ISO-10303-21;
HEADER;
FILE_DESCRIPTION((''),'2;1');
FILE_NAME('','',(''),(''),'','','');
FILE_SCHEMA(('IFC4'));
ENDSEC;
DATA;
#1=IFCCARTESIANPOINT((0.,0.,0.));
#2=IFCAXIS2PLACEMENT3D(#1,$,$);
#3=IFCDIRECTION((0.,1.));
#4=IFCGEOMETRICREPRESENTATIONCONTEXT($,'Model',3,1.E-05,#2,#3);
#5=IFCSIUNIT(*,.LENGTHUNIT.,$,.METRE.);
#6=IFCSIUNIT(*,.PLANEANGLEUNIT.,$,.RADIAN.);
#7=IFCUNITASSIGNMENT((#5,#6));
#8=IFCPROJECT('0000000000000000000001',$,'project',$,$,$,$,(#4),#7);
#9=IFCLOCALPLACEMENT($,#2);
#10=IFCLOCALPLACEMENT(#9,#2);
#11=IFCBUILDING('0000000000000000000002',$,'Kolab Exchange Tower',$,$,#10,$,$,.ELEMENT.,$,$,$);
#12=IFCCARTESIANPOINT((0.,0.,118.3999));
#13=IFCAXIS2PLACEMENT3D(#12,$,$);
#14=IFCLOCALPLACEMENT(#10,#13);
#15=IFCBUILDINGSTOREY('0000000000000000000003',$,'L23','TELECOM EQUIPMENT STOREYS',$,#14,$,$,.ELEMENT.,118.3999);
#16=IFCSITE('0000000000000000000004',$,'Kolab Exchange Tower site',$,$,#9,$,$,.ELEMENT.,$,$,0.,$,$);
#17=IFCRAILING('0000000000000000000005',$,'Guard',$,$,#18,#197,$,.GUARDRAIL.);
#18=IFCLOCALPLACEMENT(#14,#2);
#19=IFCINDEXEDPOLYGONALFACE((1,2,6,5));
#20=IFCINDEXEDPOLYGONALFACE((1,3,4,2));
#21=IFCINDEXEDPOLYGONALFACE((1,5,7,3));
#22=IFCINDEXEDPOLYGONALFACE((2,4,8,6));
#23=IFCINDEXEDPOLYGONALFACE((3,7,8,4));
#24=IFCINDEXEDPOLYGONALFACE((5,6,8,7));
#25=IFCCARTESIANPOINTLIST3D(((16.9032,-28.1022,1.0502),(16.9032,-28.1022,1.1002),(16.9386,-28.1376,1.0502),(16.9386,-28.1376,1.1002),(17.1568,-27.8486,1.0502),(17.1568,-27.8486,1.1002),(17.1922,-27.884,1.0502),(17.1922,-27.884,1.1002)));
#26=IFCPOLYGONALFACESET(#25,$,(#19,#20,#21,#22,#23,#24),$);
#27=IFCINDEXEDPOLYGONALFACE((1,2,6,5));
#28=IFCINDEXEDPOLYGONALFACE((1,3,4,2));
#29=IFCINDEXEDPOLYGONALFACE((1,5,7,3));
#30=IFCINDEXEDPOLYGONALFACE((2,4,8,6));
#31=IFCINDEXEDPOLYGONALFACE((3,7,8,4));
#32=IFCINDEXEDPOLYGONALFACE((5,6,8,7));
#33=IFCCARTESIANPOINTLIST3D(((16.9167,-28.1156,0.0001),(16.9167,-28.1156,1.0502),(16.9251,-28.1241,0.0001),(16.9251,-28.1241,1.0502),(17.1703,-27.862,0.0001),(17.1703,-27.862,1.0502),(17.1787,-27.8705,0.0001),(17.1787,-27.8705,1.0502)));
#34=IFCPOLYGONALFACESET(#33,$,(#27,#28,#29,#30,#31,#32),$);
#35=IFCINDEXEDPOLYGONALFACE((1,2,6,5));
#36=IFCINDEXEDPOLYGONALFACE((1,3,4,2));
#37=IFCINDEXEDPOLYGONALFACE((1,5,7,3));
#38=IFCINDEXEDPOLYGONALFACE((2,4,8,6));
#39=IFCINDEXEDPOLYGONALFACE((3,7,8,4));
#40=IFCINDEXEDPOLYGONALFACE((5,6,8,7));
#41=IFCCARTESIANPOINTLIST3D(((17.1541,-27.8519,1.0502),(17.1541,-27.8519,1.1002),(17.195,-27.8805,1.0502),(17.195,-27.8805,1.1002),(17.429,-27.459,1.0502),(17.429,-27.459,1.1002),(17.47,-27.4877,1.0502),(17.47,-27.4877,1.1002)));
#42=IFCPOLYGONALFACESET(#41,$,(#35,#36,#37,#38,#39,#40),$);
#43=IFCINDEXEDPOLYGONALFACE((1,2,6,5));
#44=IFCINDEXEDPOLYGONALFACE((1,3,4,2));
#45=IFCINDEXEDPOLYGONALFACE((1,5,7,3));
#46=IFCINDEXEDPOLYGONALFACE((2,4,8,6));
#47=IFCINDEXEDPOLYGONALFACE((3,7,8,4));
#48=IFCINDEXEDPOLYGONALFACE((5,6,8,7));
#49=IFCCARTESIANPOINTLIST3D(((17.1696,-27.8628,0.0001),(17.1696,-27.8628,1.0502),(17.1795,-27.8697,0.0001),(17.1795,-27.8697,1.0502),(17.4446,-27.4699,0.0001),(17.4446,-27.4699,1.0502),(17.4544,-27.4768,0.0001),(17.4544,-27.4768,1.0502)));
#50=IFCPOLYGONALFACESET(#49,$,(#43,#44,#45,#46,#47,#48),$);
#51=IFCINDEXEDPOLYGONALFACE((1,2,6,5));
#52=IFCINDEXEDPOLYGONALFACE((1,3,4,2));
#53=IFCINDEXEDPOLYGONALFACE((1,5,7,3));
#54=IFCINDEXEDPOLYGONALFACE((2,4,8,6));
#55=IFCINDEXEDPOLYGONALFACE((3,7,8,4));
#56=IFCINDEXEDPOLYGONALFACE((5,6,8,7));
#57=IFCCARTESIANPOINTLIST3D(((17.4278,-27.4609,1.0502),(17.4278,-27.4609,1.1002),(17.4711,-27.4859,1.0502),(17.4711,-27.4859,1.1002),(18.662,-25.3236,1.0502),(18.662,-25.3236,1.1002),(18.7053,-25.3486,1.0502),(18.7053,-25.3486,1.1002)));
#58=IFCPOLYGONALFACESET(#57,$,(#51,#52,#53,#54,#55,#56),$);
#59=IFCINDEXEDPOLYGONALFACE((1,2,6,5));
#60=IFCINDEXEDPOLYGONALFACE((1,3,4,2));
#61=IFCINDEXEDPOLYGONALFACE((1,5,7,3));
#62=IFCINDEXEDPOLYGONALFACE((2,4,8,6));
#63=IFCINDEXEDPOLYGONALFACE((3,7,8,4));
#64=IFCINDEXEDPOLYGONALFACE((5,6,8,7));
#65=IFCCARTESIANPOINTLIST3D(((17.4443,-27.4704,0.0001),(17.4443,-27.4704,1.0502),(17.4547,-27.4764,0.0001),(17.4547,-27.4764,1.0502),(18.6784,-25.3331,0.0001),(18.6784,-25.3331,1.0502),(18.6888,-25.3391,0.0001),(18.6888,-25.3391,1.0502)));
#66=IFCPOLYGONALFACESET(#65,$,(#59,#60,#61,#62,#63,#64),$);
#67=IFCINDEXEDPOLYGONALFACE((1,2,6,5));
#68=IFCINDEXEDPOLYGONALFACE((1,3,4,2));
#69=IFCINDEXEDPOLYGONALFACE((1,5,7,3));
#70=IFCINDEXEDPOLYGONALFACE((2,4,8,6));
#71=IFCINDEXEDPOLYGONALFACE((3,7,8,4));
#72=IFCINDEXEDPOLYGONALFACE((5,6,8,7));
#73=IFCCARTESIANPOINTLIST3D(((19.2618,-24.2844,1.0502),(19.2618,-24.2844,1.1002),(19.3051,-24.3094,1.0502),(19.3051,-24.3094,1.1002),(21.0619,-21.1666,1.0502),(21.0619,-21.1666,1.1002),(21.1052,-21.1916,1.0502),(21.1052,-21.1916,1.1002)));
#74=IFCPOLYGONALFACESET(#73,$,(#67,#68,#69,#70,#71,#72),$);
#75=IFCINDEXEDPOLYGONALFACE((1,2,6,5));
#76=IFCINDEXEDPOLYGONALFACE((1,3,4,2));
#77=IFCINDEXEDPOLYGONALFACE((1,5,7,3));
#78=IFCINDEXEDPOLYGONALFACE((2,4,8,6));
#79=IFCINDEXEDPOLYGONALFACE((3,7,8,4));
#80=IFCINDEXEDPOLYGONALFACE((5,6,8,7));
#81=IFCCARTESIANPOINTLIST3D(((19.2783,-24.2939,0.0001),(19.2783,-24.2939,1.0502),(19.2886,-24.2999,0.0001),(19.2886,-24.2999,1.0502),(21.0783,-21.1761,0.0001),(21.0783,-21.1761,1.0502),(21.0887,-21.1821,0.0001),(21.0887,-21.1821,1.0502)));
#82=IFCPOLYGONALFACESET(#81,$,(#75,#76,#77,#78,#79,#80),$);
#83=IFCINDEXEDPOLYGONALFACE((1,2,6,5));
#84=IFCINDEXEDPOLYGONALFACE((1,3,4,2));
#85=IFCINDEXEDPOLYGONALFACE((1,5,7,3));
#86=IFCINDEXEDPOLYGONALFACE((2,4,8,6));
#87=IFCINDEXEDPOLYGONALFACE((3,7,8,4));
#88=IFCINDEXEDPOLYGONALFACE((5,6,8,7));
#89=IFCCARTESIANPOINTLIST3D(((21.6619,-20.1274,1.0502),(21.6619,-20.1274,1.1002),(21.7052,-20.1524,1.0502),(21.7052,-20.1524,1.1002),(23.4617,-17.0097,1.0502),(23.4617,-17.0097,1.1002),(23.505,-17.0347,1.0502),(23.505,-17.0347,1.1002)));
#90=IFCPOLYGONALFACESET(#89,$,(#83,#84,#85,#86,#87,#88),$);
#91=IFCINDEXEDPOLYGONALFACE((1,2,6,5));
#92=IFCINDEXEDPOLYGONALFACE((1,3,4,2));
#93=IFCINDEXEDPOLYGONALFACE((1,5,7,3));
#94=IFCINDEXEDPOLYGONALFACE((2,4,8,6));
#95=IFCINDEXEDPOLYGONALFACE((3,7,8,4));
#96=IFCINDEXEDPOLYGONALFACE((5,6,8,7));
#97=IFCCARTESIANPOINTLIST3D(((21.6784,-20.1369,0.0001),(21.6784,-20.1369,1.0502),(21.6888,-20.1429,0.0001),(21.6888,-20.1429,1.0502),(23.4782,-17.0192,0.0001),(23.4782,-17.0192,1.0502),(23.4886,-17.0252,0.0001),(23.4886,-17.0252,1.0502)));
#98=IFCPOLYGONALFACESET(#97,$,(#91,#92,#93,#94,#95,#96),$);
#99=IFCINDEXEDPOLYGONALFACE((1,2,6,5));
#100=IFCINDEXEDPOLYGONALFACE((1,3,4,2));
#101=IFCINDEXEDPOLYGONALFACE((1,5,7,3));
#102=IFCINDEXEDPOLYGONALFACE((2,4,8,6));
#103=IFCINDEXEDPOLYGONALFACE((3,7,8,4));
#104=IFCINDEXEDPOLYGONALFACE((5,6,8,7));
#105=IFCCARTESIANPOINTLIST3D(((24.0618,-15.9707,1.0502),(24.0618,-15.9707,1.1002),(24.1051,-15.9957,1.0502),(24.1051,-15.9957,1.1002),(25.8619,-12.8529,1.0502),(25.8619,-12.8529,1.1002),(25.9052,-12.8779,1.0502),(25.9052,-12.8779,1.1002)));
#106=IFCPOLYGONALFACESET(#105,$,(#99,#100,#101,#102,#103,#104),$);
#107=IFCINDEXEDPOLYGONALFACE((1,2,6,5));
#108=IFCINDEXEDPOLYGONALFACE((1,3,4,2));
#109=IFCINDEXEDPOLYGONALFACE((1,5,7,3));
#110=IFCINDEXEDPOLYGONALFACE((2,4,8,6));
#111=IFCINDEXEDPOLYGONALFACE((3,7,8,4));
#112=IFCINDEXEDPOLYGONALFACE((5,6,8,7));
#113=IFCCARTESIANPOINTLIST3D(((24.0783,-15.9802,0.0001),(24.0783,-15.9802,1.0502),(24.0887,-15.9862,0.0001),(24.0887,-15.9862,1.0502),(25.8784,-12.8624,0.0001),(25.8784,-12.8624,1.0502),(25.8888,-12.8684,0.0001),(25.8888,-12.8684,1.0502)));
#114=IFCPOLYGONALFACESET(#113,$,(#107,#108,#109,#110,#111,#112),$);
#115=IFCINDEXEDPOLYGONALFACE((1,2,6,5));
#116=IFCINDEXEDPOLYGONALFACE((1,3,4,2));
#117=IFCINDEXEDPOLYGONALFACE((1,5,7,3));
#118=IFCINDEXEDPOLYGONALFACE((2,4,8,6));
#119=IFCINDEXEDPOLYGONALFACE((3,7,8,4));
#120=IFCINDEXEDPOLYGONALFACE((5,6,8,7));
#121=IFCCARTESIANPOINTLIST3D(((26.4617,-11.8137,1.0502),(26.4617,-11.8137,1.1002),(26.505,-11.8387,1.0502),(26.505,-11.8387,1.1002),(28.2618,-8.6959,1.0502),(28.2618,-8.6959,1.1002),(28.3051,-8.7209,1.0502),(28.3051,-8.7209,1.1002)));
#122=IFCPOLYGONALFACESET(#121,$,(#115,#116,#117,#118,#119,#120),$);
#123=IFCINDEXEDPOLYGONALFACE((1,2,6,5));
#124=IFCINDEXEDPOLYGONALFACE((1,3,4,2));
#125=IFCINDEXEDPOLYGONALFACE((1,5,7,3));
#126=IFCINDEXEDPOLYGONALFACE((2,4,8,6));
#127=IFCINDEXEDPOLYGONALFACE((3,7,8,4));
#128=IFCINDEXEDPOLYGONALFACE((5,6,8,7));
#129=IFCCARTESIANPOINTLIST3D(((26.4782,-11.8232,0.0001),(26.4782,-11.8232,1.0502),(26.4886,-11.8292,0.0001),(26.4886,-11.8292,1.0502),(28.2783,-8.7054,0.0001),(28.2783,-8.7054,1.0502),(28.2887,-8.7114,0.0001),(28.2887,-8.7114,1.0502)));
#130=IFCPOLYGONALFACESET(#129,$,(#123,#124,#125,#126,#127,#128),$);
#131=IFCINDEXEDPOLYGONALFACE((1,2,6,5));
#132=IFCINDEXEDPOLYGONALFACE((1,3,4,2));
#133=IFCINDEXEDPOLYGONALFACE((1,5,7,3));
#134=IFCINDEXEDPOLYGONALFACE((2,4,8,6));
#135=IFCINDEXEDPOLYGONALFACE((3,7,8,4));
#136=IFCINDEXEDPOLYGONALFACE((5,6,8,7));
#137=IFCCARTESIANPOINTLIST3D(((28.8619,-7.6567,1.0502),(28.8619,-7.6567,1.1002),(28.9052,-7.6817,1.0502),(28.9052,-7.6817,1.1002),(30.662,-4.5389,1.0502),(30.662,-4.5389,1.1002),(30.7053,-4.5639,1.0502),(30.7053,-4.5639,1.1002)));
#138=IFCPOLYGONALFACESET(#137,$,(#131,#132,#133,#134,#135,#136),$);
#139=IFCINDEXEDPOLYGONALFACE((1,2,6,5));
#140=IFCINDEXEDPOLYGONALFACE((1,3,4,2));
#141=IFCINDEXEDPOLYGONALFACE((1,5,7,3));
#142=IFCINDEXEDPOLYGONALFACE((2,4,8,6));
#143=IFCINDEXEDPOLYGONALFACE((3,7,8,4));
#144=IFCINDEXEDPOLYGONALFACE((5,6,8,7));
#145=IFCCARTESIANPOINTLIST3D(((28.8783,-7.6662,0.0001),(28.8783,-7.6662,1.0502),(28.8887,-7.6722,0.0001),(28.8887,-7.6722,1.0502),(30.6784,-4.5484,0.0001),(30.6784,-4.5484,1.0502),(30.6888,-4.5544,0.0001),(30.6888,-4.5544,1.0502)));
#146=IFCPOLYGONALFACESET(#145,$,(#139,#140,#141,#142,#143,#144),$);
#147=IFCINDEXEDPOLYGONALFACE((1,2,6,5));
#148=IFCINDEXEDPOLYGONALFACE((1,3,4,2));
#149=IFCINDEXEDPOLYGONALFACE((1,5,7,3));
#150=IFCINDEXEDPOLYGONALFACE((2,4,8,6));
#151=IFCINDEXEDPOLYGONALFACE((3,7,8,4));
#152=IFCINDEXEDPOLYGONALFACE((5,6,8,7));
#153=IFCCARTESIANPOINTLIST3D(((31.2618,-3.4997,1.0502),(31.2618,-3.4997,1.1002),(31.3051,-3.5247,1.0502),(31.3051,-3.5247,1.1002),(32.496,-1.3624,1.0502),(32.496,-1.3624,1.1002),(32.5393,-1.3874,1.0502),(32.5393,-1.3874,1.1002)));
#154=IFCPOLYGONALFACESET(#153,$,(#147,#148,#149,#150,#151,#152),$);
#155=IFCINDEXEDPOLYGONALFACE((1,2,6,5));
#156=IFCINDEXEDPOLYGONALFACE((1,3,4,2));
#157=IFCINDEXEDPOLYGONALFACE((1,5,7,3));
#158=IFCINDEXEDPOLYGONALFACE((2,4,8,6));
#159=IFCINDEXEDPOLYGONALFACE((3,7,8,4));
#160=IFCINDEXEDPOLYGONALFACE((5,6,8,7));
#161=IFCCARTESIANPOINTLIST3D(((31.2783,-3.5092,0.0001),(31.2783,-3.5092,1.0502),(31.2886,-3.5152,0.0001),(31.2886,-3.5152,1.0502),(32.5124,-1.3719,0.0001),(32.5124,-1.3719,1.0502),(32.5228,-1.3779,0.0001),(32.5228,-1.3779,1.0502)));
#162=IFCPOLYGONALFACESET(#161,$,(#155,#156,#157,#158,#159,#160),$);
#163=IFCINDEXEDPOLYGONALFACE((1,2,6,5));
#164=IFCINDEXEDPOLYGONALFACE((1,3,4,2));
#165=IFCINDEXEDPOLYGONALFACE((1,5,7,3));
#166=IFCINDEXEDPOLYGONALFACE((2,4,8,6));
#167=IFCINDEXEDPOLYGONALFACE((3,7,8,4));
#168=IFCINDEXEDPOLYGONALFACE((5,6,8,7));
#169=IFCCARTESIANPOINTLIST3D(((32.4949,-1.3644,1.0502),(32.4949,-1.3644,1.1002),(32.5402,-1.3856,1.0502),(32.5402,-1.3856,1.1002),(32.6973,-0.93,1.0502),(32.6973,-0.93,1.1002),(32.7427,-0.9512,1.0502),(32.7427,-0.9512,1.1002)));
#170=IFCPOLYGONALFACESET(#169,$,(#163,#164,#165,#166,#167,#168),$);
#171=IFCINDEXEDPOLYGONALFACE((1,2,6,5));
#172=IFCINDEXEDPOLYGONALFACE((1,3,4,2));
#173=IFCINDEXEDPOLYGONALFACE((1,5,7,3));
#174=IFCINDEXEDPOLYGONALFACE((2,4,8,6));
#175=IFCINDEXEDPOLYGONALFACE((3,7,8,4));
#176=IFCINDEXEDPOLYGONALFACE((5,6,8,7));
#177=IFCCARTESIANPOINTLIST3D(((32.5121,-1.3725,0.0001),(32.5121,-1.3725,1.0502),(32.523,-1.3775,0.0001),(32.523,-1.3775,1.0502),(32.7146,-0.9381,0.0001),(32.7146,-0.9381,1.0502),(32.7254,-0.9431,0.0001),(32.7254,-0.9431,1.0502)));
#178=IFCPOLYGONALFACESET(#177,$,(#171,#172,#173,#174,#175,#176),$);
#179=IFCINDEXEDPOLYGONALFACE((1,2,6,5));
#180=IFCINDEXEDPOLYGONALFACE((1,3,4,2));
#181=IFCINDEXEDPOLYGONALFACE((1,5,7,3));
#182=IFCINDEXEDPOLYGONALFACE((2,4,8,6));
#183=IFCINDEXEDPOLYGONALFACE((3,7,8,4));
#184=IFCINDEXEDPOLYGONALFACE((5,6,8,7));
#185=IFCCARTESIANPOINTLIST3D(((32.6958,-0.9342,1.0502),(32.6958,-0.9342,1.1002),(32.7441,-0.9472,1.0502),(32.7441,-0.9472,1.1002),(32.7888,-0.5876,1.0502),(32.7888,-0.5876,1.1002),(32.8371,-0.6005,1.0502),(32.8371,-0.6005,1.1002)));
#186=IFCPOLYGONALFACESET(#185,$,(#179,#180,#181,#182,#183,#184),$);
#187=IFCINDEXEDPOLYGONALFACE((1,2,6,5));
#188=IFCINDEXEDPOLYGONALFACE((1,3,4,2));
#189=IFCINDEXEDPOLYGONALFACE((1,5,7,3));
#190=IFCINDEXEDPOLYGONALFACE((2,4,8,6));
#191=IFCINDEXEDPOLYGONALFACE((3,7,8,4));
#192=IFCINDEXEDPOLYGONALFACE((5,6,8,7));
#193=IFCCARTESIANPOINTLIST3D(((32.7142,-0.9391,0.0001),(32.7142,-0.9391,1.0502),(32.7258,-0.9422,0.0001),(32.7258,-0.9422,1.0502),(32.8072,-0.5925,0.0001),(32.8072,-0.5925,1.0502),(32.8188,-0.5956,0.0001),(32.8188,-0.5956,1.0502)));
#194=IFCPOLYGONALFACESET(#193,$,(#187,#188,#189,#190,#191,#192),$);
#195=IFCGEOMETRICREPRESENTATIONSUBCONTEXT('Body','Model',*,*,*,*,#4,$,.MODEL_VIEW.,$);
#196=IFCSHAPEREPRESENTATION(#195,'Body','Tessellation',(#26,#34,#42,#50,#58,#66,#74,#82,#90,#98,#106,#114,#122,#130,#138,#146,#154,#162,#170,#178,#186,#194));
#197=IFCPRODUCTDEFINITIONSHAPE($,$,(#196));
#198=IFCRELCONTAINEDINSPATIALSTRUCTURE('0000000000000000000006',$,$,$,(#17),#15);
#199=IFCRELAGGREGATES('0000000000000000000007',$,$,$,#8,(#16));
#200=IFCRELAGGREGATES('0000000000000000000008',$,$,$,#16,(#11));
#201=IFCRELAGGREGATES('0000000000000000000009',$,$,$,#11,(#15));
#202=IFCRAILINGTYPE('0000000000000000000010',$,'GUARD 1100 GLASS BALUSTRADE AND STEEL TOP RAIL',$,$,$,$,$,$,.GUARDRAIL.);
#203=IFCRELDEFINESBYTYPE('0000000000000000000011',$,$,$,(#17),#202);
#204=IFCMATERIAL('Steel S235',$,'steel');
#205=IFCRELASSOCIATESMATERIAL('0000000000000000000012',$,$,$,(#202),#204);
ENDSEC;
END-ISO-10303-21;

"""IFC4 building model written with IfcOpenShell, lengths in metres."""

from ifc_helpers import new_model, si_unit, direction, frame, frame_2d, origin, origin_2d, place, context, subcontext, project, spatial, rectangle, extrude, material, type_object, element, save


model = new_model("IFC4")

# Units and contexts
model_context = context("Model", 3, precision=1e-05, world=origin(), true_north=direction((0.0, 1.0)))
body_context = subcontext(model_context, "Body", "Model", "MODEL_VIEW")
ifc_project = project(units=[si_unit("LENGTHUNIT", "METRE"), si_unit("PLANEANGLEUNIT", "RADIAN")], contexts=[model_context])

# Site, building, storey
site_placement = place(None, origin())
site = spatial("IfcSite", under=ifc_project, at=site_placement, Name="Kolab Exchange Tower site", CompositionType="ELEMENT", RefElevation=0.0)
building_placement = place(site_placement, origin())
building = spatial("IfcBuilding", under=site, at=building_placement, Name="Kolab Exchange Tower", CompositionType="ELEMENT")
storey_placement = place(building_placement, frame((0.0, 0.0, 118.3999)))
storey = spatial("IfcBuildingStorey", under=building, at=storey_placement, Name="L23", Description="TELECOM EQUIPMENT STOREYS", CompositionType="ELEMENT", Elevation=118.3999)

# Shared definitions
ifc_material_1 = material(Name="Steel S235", Category="steel")

# Railing
railing_type = type_object("IfcRailingType", Name="GUARD 1100 GLASS BALUSTRADE AND STEEL TOP RAIL", PredefinedType="GUARDRAIL", material=ifc_material_1)
railing_placement = place(storey_placement, frame((16.9209, -28.1199, 0.0)))
element("IfcRailing", 1, at=railing_placement, inside=storey, type_object=railing_type, Name="Guard", PredefinedType="GUARDRAIL", context=body_context, shape_type="SweptSolid", body=[
    extrude(rectangle(XDim=0.05, YDim=0.05, at=origin_2d()), frame((0.0, 0.0, 1.0752), z_axis=(0.707107, 0.707107, 0.0), x_axis=(-0.707107, 0.707107, 0.0)), (0.0, 0.0, 1.0), 0.3586),
    extrude(rectangle(XDim=0.012, YDim=1.0501, at=frame_2d((0.0, 0.5251))), frame((0.0, 0.0, 0.0), z_axis=(0.707107, 0.707107, 0.0), x_axis=(-0.707107, 0.707107, 0.0)), (0.0, 0.0, 1.0), 0.3586),
    extrude(rectangle(XDim=0.05, YDim=0.05, at=origin_2d()), frame((0.2537, 0.2537, 1.0752), z_axis=(0.57336, 0.819304, 0.0), x_axis=(-0.819304, 0.57336, 0.0)), (0.0, 0.0, 1.0), 0.4795),
    extrude(rectangle(XDim=0.012, YDim=1.0501, at=frame_2d((0.0, 0.5251))), frame((0.2537, 0.2537, 0.0), z_axis=(0.57336, 0.819304, 0.0), x_axis=(-0.819304, 0.57336, 0.0)), (0.0, 0.0, 1.0), 0.4795),
    extrude(rectangle(XDim=0.05, YDim=0.05, at=origin_2d()), frame((0.5286, 0.6465, 1.0752), z_axis=(0.500065, 0.865988, 0.0), x_axis=(-0.865988, 0.500065, 0.0)), (0.0, 0.0, 1.0), 2.468),
    extrude(rectangle(XDim=0.012, YDim=1.0501, at=frame_2d((0.0, 0.5251))), frame((0.5286, 0.6465, 0.0), z_axis=(0.500065, 0.865988, 0.0), x_axis=(-0.865988, 0.500065, 0.0)), (0.0, 0.0, 1.0), 2.468),
    extrude(rectangle(XDim=0.05, YDim=0.05, at=origin_2d()), frame((2.3625, 3.823, 1.0752), z_axis=(0.500012, 0.866018, 0.0), x_axis=(-0.866018, 0.500012, 0.0)), (0.0, 0.0, 1.0), 3.6001),
    extrude(rectangle(XDim=0.012, YDim=1.0501, at=frame_2d((0.0, 0.5251))), frame((2.3625, 3.823, 0.0), z_axis=(0.500012, 0.866018, 0.0), x_axis=(-0.866018, 0.500012, 0.0)), (0.0, 0.0, 1.0), 3.6001),
    extrude(rectangle(XDim=0.05, YDim=0.05, at=origin_2d()), frame((4.7627, 7.98, 1.0752), z_axis=(0.499961, 0.866048, 0.0), x_axis=(-0.866048, 0.499961, 0.0)), (0.0, 0.0, 1.0), 3.5999),
    extrude(rectangle(XDim=0.012, YDim=1.0501, at=frame_2d((0.0, 0.5251))), frame((4.7627, 7.98, 0.0), z_axis=(0.499961, 0.866048, 0.0), x_axis=(-0.866048, 0.499961, 0.0)), (0.0, 0.0, 1.0), 3.5999),
    extrude(rectangle(XDim=0.05, YDim=0.05, at=origin_2d()), frame((7.1626, 12.1367, 1.0752), z_axis=(0.500012, 0.866018, 0.0), x_axis=(-0.866018, 0.500012, 0.0)), (0.0, 0.0, 1.0), 3.6001),
    extrude(rectangle(XDim=0.012, YDim=1.0501, at=frame_2d((0.0, 0.5251))), frame((7.1626, 12.1367, 0.0), z_axis=(0.500012, 0.866018, 0.0), x_axis=(-0.866018, 0.500012, 0.0)), (0.0, 0.0, 1.0), 3.6001),
    extrude(rectangle(XDim=0.05, YDim=0.05, at=origin_2d()), frame((9.5625, 16.2937, 1.0752), z_axis=(0.500012, 0.866018, 0.0), x_axis=(-0.866018, 0.500012, 0.0)), (0.0, 0.0, 1.0), 3.6001),
    extrude(rectangle(XDim=0.012, YDim=1.0501, at=frame_2d((0.0, 0.5251))), frame((9.5625, 16.2937, 0.0), z_axis=(0.500012, 0.866018, 0.0), x_axis=(-0.866018, 0.500012, 0.0)), (0.0, 0.0, 1.0), 3.6001),
    extrude(rectangle(XDim=0.05, YDim=0.05, at=origin_2d()), frame((11.9626, 20.4507, 1.0752), z_axis=(0.500012, 0.866018, 0.0), x_axis=(-0.866018, 0.500012, 0.0)), (0.0, 0.0, 1.0), 3.6001),
    extrude(rectangle(XDim=0.012, YDim=1.0501, at=frame_2d((0.0, 0.5251))), frame((11.9626, 20.4507, 0.0), z_axis=(0.500012, 0.866018, 0.0), x_axis=(-0.866018, 0.500012, 0.0)), (0.0, 0.0, 1.0), 3.6001),
    extrude(rectangle(XDim=0.05, YDim=0.05, at=origin_2d()), frame((14.3625, 24.6077, 1.0752), z_axis=(0.500065, 0.865988, 0.0), x_axis=(-0.865988, 0.500065, 0.0)), (0.0, 0.0, 1.0), 2.468),
    extrude(rectangle(XDim=0.012, YDim=1.0501, at=frame_2d((0.0, 0.5251))), frame((14.3625, 24.6077, 0.0), z_axis=(0.500065, 0.865988, 0.0), x_axis=(-0.865988, 0.500065, 0.0)), (0.0, 0.0, 1.0), 2.468),
    extrude(rectangle(XDim=0.05, YDim=0.05, at=origin_2d()), frame((15.5967, 26.7449, 1.0752), z_axis=(0.422383, 0.906417, 0.0), x_axis=(-0.906417, 0.422383, 0.0)), (0.0, 0.0, 1.0), 0.4792),
    extrude(rectangle(XDim=0.012, YDim=1.0501, at=frame_2d((0.0, 0.5251))), frame((15.5967, 26.7449, 0.0), z_axis=(0.422383, 0.906417, 0.0), x_axis=(-0.906417, 0.422383, 0.0)), (0.0, 0.0, 1.0), 0.4792),
    extrude(rectangle(XDim=0.05, YDim=0.05, at=origin_2d()), frame((15.7991, 27.1792, 1.0752), z_axis=(0.259144, 0.965839, 0.0), x_axis=(-0.965839, 0.259144, 0.0)), (0.0, 0.0, 1.0), 0.3589),
    extrude(rectangle(XDim=0.012, YDim=1.0501, at=frame_2d((0.0, 0.5251))), frame((15.7991, 27.1792, 0.0), z_axis=(0.259144, 0.965839, 0.0), x_axis=(-0.965839, 0.259144, 0.0)), (0.0, 0.0, 1.0), 0.3589),
])

save(model, "model.ifc")
